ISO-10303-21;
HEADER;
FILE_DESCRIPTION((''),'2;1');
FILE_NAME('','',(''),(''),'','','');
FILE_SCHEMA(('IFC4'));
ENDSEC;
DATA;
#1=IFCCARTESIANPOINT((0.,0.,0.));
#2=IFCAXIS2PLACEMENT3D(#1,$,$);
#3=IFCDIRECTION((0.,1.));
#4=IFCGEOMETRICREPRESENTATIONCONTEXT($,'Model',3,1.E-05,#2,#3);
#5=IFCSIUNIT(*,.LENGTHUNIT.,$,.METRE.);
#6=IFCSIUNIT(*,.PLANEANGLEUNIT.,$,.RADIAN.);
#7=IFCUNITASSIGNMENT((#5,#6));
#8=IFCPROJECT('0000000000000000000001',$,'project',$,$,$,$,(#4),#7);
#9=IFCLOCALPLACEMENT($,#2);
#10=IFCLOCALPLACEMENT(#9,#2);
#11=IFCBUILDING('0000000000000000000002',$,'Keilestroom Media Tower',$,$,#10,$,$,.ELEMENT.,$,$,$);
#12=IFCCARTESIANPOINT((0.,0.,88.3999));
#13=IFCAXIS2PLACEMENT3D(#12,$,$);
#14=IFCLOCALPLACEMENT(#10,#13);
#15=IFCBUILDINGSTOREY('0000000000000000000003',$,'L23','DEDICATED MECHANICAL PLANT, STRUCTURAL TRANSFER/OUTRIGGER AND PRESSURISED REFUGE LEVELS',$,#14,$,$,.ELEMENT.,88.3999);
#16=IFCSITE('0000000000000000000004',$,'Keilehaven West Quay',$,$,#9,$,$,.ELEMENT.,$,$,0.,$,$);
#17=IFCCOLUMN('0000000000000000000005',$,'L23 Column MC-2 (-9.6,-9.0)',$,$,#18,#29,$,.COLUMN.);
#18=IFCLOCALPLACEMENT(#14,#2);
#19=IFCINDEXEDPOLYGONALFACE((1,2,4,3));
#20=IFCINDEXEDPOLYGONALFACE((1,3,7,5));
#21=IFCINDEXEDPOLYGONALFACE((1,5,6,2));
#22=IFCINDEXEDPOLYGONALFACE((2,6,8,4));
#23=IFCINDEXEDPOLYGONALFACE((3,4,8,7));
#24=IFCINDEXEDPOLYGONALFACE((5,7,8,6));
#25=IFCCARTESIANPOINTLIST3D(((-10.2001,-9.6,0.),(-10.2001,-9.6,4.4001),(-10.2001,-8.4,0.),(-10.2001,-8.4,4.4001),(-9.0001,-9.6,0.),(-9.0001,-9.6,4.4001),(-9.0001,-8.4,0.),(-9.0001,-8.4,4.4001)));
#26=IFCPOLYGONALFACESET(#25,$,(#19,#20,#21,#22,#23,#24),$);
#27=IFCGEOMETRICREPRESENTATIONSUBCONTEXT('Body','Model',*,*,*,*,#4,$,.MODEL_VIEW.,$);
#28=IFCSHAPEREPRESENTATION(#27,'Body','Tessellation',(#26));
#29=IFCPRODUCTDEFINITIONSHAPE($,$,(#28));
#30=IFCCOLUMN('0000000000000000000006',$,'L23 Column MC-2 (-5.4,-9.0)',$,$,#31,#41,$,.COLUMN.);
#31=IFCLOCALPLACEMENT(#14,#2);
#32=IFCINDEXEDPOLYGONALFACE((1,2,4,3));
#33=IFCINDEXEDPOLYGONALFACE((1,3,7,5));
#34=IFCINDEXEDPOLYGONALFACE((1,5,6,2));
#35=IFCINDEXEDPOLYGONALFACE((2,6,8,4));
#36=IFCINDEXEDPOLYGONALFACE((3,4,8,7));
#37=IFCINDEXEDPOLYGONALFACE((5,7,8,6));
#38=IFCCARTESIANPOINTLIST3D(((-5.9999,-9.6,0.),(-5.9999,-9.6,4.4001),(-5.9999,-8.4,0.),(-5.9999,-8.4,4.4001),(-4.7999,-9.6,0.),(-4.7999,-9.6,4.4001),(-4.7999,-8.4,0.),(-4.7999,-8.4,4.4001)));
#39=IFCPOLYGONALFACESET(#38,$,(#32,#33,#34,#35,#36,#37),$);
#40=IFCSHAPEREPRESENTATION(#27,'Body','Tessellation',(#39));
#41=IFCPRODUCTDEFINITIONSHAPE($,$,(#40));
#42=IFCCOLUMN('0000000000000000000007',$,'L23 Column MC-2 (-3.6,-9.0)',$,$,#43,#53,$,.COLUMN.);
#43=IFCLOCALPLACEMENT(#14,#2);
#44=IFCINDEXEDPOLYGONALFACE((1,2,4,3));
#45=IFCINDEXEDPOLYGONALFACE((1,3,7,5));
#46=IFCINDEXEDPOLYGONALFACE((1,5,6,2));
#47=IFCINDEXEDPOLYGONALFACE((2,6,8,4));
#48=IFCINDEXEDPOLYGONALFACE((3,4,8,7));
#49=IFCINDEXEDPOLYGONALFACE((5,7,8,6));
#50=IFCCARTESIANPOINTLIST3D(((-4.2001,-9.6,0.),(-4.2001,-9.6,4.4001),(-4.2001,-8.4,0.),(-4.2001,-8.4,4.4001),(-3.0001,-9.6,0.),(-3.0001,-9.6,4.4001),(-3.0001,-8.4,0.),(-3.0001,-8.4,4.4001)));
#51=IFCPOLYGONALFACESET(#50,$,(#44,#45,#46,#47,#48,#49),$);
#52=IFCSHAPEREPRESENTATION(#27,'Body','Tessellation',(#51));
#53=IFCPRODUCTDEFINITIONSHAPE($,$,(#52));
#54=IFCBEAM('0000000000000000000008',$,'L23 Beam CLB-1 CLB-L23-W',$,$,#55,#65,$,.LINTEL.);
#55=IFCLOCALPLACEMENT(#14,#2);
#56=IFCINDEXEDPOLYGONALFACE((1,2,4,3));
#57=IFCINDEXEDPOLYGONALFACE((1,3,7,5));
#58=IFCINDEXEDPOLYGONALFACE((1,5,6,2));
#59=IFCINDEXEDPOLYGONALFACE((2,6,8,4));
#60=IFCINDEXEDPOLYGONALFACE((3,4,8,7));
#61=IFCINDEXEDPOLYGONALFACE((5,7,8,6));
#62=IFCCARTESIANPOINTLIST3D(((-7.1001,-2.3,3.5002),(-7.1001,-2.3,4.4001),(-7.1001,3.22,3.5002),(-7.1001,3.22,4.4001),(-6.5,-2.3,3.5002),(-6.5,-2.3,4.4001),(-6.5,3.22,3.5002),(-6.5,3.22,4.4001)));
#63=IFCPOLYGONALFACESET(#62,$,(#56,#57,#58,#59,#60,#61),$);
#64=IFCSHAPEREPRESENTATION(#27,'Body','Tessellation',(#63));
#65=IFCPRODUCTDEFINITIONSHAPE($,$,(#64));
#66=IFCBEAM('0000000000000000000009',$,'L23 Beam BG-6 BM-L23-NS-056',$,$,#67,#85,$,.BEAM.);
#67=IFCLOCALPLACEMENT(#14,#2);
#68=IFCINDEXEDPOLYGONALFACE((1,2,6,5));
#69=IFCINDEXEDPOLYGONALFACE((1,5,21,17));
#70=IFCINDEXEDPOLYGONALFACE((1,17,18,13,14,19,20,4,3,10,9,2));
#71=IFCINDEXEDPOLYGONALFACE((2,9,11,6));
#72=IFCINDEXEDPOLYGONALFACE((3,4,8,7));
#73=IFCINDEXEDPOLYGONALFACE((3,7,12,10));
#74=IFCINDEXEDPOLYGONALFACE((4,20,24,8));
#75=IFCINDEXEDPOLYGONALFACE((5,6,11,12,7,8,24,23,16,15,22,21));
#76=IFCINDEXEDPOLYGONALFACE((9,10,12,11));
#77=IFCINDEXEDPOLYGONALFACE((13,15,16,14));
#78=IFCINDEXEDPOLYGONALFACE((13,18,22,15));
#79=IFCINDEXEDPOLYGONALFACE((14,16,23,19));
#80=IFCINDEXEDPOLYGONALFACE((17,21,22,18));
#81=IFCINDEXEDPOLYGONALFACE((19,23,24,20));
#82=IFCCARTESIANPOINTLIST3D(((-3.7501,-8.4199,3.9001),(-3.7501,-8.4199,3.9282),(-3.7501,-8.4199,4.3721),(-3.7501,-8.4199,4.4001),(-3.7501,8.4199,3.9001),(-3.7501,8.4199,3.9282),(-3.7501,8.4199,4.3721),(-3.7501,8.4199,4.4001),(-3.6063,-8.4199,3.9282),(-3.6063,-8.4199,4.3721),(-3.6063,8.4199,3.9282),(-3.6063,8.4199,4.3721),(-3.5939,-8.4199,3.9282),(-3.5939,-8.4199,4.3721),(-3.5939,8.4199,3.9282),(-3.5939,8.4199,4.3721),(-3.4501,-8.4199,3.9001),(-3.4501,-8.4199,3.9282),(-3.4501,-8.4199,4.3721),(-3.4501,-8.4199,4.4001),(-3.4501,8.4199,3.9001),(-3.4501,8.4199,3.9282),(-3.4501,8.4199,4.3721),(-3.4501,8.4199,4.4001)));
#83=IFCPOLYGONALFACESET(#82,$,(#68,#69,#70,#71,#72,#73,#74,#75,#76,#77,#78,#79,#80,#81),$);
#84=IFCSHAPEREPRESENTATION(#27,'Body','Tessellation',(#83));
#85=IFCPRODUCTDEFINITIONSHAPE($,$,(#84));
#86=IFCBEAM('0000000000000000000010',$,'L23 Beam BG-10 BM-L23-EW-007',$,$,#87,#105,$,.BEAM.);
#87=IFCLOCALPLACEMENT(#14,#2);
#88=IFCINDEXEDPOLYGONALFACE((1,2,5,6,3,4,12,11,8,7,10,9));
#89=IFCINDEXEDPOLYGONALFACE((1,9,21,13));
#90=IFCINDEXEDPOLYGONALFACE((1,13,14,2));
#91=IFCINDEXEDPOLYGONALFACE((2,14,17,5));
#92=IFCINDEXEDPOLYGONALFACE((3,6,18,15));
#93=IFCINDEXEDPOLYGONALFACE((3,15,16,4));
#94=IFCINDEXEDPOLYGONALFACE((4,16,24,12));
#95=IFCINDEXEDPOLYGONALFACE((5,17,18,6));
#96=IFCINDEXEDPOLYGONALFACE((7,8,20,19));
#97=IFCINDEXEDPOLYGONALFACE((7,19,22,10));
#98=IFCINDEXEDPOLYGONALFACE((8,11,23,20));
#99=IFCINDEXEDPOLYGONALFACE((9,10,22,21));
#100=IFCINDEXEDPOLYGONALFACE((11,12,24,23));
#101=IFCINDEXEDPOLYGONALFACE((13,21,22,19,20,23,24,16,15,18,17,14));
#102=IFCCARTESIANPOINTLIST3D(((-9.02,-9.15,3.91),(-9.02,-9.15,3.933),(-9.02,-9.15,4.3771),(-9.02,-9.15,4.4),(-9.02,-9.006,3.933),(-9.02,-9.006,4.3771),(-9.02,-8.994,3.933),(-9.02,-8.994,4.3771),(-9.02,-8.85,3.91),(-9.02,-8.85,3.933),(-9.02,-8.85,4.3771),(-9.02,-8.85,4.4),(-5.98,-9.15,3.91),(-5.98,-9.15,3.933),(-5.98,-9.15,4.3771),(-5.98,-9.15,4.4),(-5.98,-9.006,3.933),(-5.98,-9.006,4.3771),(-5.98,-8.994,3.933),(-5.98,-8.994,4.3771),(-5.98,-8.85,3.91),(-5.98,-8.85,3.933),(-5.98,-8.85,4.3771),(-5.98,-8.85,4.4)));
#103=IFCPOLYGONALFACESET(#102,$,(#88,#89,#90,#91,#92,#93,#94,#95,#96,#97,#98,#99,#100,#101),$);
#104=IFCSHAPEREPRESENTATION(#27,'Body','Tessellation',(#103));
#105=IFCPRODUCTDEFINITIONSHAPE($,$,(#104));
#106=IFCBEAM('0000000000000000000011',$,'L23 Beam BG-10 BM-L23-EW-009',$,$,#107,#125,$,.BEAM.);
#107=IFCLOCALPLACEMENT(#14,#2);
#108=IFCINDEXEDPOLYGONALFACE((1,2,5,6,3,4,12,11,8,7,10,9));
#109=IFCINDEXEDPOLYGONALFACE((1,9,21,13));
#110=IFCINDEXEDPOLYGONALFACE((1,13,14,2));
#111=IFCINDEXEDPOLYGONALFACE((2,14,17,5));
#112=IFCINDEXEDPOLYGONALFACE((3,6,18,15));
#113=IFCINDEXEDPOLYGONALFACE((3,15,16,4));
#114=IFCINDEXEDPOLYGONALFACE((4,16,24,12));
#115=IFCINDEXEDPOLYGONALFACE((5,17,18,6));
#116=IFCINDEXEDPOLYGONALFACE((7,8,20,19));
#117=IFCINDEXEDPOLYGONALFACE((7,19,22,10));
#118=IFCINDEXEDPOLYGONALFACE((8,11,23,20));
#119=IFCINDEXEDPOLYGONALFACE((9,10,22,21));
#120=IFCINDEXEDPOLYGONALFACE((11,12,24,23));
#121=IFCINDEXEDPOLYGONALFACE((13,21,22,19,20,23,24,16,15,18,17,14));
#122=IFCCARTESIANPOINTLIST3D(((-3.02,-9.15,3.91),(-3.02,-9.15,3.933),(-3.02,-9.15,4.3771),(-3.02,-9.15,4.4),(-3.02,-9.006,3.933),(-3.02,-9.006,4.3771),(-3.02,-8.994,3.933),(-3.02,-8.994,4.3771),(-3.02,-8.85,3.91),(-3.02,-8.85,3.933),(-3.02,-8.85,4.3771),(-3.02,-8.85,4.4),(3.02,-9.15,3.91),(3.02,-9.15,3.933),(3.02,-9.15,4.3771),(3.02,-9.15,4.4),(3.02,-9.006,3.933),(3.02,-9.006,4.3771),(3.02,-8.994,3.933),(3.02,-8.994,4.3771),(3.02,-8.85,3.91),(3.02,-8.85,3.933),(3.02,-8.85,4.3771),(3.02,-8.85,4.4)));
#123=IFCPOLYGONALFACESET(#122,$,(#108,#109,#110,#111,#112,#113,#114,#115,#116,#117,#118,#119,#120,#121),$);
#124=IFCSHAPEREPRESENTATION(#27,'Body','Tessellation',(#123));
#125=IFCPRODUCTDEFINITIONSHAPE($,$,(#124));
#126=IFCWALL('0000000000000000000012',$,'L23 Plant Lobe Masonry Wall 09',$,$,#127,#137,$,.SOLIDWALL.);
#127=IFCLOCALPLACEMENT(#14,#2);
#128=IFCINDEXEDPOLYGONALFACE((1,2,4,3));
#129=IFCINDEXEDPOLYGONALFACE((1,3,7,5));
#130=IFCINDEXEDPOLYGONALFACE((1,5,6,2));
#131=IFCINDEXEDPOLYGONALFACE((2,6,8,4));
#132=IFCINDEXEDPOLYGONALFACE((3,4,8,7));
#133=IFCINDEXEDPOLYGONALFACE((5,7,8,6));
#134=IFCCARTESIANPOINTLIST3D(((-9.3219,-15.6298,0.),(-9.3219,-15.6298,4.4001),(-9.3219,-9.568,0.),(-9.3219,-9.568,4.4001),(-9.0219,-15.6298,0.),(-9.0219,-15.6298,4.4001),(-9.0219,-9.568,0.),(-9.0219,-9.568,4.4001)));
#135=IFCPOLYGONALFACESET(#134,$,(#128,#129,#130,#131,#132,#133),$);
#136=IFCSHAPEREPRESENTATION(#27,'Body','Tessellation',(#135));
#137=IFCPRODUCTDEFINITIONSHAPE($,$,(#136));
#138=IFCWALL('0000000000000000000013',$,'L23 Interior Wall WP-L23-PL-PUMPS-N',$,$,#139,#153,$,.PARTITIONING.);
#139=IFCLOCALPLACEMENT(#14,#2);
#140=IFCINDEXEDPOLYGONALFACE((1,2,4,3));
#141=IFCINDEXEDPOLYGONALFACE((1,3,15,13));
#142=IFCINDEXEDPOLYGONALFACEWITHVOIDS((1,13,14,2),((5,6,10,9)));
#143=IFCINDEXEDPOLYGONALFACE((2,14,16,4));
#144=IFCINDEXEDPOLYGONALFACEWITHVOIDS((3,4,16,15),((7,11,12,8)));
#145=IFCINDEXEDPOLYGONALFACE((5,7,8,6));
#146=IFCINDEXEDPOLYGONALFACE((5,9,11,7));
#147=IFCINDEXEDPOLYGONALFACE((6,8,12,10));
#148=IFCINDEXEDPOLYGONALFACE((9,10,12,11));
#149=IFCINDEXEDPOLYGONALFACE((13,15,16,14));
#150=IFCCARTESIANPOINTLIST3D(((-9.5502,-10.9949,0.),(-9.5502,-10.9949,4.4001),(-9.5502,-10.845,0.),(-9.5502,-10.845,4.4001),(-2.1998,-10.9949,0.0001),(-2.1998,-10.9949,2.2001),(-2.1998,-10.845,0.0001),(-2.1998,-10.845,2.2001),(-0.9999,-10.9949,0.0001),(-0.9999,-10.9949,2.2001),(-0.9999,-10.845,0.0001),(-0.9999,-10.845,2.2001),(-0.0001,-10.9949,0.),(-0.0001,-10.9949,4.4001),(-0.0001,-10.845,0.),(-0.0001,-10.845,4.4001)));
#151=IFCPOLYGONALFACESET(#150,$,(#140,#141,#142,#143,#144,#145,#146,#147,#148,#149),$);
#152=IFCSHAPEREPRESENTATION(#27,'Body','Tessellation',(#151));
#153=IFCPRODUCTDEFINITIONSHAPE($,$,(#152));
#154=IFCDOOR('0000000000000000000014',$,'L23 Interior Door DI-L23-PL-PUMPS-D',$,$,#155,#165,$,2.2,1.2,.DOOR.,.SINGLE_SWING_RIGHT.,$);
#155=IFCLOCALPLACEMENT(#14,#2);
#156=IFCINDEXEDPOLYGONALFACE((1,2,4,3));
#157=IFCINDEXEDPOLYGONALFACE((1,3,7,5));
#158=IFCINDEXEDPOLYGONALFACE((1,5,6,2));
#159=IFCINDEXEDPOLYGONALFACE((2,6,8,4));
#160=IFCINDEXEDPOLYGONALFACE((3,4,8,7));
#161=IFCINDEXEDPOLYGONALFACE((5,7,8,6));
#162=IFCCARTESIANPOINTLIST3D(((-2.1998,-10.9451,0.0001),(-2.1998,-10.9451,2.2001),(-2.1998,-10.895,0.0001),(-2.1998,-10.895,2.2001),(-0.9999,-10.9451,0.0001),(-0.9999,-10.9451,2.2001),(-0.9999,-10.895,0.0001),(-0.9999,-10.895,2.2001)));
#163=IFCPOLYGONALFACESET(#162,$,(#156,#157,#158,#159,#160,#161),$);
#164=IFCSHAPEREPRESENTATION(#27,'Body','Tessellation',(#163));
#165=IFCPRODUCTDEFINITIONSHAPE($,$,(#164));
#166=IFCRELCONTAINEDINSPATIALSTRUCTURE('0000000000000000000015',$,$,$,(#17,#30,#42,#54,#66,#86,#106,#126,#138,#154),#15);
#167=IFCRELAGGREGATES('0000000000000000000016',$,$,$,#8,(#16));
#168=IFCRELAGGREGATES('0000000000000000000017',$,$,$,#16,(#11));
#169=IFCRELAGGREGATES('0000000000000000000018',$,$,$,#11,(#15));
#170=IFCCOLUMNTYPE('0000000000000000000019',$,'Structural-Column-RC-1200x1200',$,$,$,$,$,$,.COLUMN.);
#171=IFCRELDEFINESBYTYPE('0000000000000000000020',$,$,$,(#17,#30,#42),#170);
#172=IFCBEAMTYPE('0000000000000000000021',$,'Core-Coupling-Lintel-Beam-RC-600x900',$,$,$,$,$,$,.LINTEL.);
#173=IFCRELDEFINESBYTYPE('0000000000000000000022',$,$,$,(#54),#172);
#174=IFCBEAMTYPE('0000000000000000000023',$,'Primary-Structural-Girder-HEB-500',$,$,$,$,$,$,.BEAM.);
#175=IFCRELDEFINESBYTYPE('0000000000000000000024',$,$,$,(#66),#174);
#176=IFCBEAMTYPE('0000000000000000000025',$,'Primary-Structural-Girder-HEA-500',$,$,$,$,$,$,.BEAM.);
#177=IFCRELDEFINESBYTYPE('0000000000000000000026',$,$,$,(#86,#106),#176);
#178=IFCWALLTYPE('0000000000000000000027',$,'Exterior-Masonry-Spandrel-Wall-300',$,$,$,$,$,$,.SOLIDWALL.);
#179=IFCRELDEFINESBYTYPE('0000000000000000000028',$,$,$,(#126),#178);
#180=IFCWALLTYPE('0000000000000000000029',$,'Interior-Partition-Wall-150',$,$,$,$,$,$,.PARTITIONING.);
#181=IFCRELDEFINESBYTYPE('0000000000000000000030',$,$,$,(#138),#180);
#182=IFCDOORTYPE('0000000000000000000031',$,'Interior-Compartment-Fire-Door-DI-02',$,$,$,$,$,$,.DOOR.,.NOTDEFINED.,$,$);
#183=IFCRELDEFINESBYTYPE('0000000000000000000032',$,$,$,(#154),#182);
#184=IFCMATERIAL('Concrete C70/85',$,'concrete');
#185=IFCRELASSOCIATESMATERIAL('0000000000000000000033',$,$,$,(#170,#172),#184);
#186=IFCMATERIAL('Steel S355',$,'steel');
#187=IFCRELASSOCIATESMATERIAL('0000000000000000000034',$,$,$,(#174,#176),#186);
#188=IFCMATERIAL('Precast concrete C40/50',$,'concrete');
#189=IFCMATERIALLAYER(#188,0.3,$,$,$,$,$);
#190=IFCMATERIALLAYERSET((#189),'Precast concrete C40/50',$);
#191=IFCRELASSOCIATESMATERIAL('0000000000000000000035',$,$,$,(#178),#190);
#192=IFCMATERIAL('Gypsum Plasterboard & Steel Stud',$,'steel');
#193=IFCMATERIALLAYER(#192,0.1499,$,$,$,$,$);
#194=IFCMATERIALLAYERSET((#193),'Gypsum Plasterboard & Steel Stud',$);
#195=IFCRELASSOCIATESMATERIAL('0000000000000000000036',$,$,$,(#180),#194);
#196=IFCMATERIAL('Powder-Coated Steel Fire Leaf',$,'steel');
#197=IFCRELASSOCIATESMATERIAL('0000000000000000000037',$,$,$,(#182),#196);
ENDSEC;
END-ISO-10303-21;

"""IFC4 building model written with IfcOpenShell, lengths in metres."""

from ifc_helpers import new_model, si_unit, direction, frame, frame_2d, origin, origin_2d, place, context, subcontext, project, spatial, rectangle, i_section, extrude, source, transform, mapped, material, layer, layer_set, material_profile, profile_set, type_object, element, fill, save


model = new_model("IFC4")

# Units and contexts
model_context = context("Model", 3, precision=1e-05, world=origin(), true_north=direction((0.0, 1.0)))
body_context = subcontext(model_context, "Body", "Model", "MODEL_VIEW")
ifc_project = project(units=[si_unit("LENGTHUNIT", "METRE"), si_unit("PLANEANGLEUNIT", "RADIAN")], contexts=[model_context])

# Site, building, storey
site_placement = place(None, origin())
site = spatial("IfcSite", under=ifc_project, at=site_placement, Name="Keilehaven West Quay", CompositionType="ELEMENT", RefElevation=0.0)
building_placement = place(site_placement, origin())
building = spatial("IfcBuilding", under=site, at=building_placement, Name="Keilestroom Media Tower", CompositionType="ELEMENT")
storey_placement = place(building_placement, frame((0.0, 0.0, 88.3999)))
storey = spatial("IfcBuildingStorey", under=building, at=storey_placement, Name="L23", Description="DEDICATED MECHANICAL PLANT, STRUCTURAL TRANSFER/OUTRIGGER AND PRESSURISED REFUGE LEVELS", CompositionType="ELEMENT", Elevation=88.3999)

# Columns
ifc_material_1 = material(Name="Concrete C70/85", Category="concrete")
ifc_material_profile_1 = material_profile(ifc_material_1, rectangle(XDim=1.2, YDim=1.2, at=origin_2d()), Name="RC 1200x1200")
ifc_profile_set_1 = profile_set([ifc_material_profile_1], Name="Concrete C70/85")
column_type = type_object("IfcColumnType", Name="Structural-Column-RC-1200x1200", PredefinedType="COLUMN", material=ifc_profile_set_1)
shared_shape_1 = source(origin(), body_context, "Body", "SweptSolid", [
    extrude(rectangle(XDim=1.2, YDim=1.2, at=origin_2d()), origin(), (0.0, 0.0, 1.0), 4.4001),
])
for number, where, z_axis, x_axis, name in (
    (1, (-9.6001, -9.0, 0.0), (0.0, 0.0, 1.0), (1.0, 0.0, 0.0), "L23 Column MC-2 (-9.6,-9.0)"),
    (2, (-5.3999, -9.0, 0.0), (0.0, 0.0, 1.0), (1.0, 0.0, 0.0), "L23 Column MC-2 (-5.4,-9.0)"),
    (3, (-3.6001, -9.0, 0.0), (0.0, 0.0, 1.0), (1.0, 0.0, 0.0), "L23 Column MC-2 (-3.6,-9.0)"),
):
    element("IfcColumn", number, at=place(storey_placement, frame(where, z_axis=z_axis, x_axis=x_axis)), inside=storey, type_object=column_type, Name=name, PredefinedType="COLUMN", context=body_context, shape_type="MappedRepresentation", body=[
        mapped(shared_shape_1, transform((0.0, 0.0, 0.0), x_axis=(1.0, 0.0, 0.0), y_axis=(0.0, 1.0, 0.0), z_axis=(0.0, 0.0, 1.0), scale=1.0)),
    ])

# Beams
ifc_material_profile_2 = material_profile(ifc_material_1, rectangle(XDim=0.6001, YDim=0.8999, at=origin_2d()), Name="RC 600x900")
ifc_profile_set_2 = profile_set([ifc_material_profile_2], Name="Concrete C70/85")
beam_type_1 = type_object("IfcBeamType", Name="Core-Coupling-Lintel-Beam-RC-600x900", PredefinedType="LINTEL", material=ifc_profile_set_2)
shared_shape_2 = source(origin(), body_context, "Body", "SweptSolid", [
    extrude(rectangle(XDim=0.6001, YDim=0.8999, at=origin_2d()), origin(), (0.0, 0.0, 1.0), 5.52),
])
beam_1_placement = place(storey_placement, frame((-6.8, -2.3, 3.9502), z_axis=(0.0, 1.0, 0.0), x_axis=(-1.0, 0.0, 0.0)))
element("IfcBeam", 4, at=beam_1_placement, inside=storey, type_object=beam_type_1, Name="L23 Beam CLB-1 CLB-L23-W", PredefinedType="LINTEL", context=body_context, shape_type="MappedRepresentation", body=[
    mapped(shared_shape_2, transform((0.0, 0.0, 0.0), x_axis=(1.0, 0.0, 0.0), y_axis=(0.0, 1.0, 0.0), z_axis=(0.0, 0.0, 1.0), scale=1.0)),
])
ifc_material_2 = material(Name="Steel S355", Category="steel")
ifc_material_profile_3 = material_profile(ifc_material_2, i_section(OverallWidth=0.3, OverallDepth=0.5, WebThickness=0.0125, FlangeThickness=0.0281, at=origin_2d()), Name="HEB 500")
ifc_profile_set_3 = profile_set([ifc_material_profile_3], Name="Steel S355")
beam_type_2 = type_object("IfcBeamType", Name="Primary-Structural-Girder-HEB-500", PredefinedType="BEAM", material=ifc_profile_set_3)
shared_shape_3 = source(origin(), body_context, "Body", "SweptSolid", [
    extrude(i_section(OverallWidth=0.3, OverallDepth=0.5, WebThickness=0.0125, FlangeThickness=0.0281, at=origin_2d()), origin(), (0.0, 0.0, 1.0), 16.8398),
])
beam_2_placement = place(storey_placement, frame((-3.6001, -8.4199, 4.1501), z_axis=(0.0, 1.0, 0.0), x_axis=(-1.0, 0.0, 0.0)))
element("IfcBeam", 5, at=beam_2_placement, inside=storey, type_object=beam_type_2, Name="L23 Beam BG-6 BM-L23-NS-056", PredefinedType="BEAM", context=body_context, shape_type="MappedRepresentation", body=[
    mapped(shared_shape_3, transform((0.0, 0.0, 0.0), x_axis=(1.0, 0.0, 0.0), y_axis=(0.0, 1.0, 0.0), z_axis=(0.0, 0.0, 1.0), scale=1.0)),
])
ifc_material_profile_4 = material_profile(ifc_material_2, i_section(OverallWidth=0.3, OverallDepth=0.49, WebThickness=0.012, FlangeThickness=0.0229, at=origin_2d()), Name="HEA 500")
ifc_profile_set_4 = profile_set([ifc_material_profile_4], Name="Steel S355")
beam_type_3 = type_object("IfcBeamType", Name="Primary-Structural-Girder-HEA-500", PredefinedType="BEAM", material=ifc_profile_set_4)
shared_shape_4 = source(origin(), body_context, "Body", "SweptSolid", [
    extrude(i_section(OverallWidth=0.3, OverallDepth=0.49, WebThickness=0.012, FlangeThickness=0.0229, at=origin_2d()), origin(), (0.0, 0.0, 1.0), 3.04),
])
beam_3_placement = place(storey_placement, frame((-9.02, -9.0, 4.155), z_axis=(1.0, 0.0, 0.0), x_axis=(0.0, 1.0, 0.0)))
element("IfcBeam", 6, at=beam_3_placement, inside=storey, type_object=beam_type_3, Name="L23 Beam BG-10 BM-L23-EW-007", PredefinedType="BEAM", context=body_context, shape_type="MappedRepresentation", body=[
    mapped(shared_shape_4, transform((0.0, 0.0, 0.0), x_axis=(1.0, 0.0, 0.0), y_axis=(0.0, 1.0, 0.0), z_axis=(0.0, 0.0, 1.0), scale=1.0)),
])
shared_shape_5 = source(origin(), body_context, "Body", "SweptSolid", [
    extrude(i_section(OverallWidth=0.3, OverallDepth=0.49, WebThickness=0.012, FlangeThickness=0.0229, at=origin_2d()), origin(), (0.0, 0.0, 1.0), 6.04),
])
beam_4_placement = place(storey_placement, frame((-3.02, -9.0, 4.155), z_axis=(1.0, 0.0, 0.0), x_axis=(0.0, 1.0, 0.0)))
element("IfcBeam", 7, at=beam_4_placement, inside=storey, type_object=beam_type_3, Name="L23 Beam BG-10 BM-L23-EW-009", PredefinedType="BEAM", context=body_context, shape_type="MappedRepresentation", body=[
    mapped(shared_shape_5, transform((0.0, 0.0, 0.0), x_axis=(1.0, 0.0, 0.0), y_axis=(0.0, 1.0, 0.0), z_axis=(0.0, 0.0, 1.0), scale=1.0)),
])

# Wall
ifc_material_3 = material(Name="Precast concrete C40/50", Category="concrete")
ifc_layer_1 = layer(ifc_material_3, 0.3)
ifc_layer_set_1 = layer_set([ifc_layer_1], Name="Precast concrete C40/50")
wall_type_1 = type_object("IfcWallType", Name="Exterior-Masonry-Spandrel-Wall-300", PredefinedType="SOLIDWALL", material=ifc_layer_set_1)
wall_1_placement = place(storey_placement, frame((-9.1719, -9.5681, 0.0), z_axis=(0.0, 0.0, 1.0), x_axis=(0.0, -1.0, 0.0)))
element("IfcWall", 8, at=wall_1_placement, inside=storey, type_object=wall_type_1, Name="L23 Plant Lobe Masonry Wall 09", PredefinedType="SOLIDWALL", context=body_context, shape_type="SweptSolid", body=[
    extrude(rectangle(XDim=6.0618, YDim=0.3, at=frame_2d((3.0308, 0.0))), origin(), (0.0, 0.0, 1.0), 4.4001),
])

# Wall, opening, door
ifc_material_4 = material(Name="Gypsum Plasterboard & Steel Stud", Category="steel")
ifc_layer_2 = layer(ifc_material_4, 0.1499)
ifc_layer_set_2 = layer_set([ifc_layer_2], Name="Gypsum Plasterboard & Steel Stud")
wall_type_2 = type_object("IfcWallType", Name="Interior-Partition-Wall-150", PredefinedType="PARTITIONING", material=ifc_layer_set_2)
wall_2_placement = place(storey_placement, frame((-9.55, -10.9199, 0.0), z_axis=(0.0, 0.0, 1.0), x_axis=(1.0, 0.0, 0.0)))
wall_2 = element("IfcWall", 9, at=wall_2_placement, inside=storey, type_object=wall_type_2, Name="L23 Interior Wall WP-L23-PL-PUMPS-N", PredefinedType="PARTITIONING", context=body_context, shape_type="SweptSolid", body=[
    extrude(rectangle(XDim=9.55, YDim=0.1499, at=frame_2d((4.7749, 0.0))), origin(), (0.0, 0.0, 1.0), 4.4001),
])
opening_1_placement = place(wall_2_placement, frame((7.3501, 0.0, 0.0)))
opening_1 = element("IfcOpeningElement", 10, at=opening_1_placement, cuts=wall_2, PredefinedType="OPENING", context=body_context, shape_type="SweptSolid", body=[
    extrude(rectangle(XDim=1.2, YDim=2.2, at=frame_2d((0.6001, 1.1001))), frame((0.0, 0.085, 0.0), z_axis=(0.0, -1.0, 0.0), x_axis=(1.0, 0.0, 0.0)), (0.0, 0.0, 1.0), 0.1699),
])
ifc_material_5 = material(Name="Powder-Coated Steel Fire Leaf", Category="steel")
door_type_1 = type_object("IfcDoorType", Name="Interior-Compartment-Fire-Door-DI-02", OperationType="NOTDEFINED", PredefinedType="DOOR", material=ifc_material_5)
shared_shape_6 = source(origin(), body_context, "Body", "SweptSolid", [
    extrude(rectangle(XDim=1.2, YDim=2.2, at=frame_2d((0.6001, 1.1001))), frame((0.0, 0.0249, 0.0), z_axis=(0.0, -1.0, 0.0), x_axis=(1.0, 0.0, 0.0)), (0.0, 0.0, 1.0), 0.05),
])
door_1_placement = place(opening_1_placement, origin())
door_1 = element("IfcDoor", 11, at=door_1_placement, inside=storey, type_object=door_type_1, Name="L23 Interior Door DI-L23-PL-PUMPS-D", OperationType="SINGLE_SWING_RIGHT", OverallHeight=2.2, OverallWidth=1.2, PredefinedType="DOOR", context=body_context, shape_type="MappedRepresentation", body=[
    mapped(shared_shape_6, transform((0.0, 0.0, 0.0), x_axis=(1.0, 0.0, 0.0), y_axis=(0.0, 1.0, 0.0), z_axis=(0.0, 0.0, 1.0), scale=1.0)),
])
fill(opening_1, door_1)

save(model, "model.ifc")
